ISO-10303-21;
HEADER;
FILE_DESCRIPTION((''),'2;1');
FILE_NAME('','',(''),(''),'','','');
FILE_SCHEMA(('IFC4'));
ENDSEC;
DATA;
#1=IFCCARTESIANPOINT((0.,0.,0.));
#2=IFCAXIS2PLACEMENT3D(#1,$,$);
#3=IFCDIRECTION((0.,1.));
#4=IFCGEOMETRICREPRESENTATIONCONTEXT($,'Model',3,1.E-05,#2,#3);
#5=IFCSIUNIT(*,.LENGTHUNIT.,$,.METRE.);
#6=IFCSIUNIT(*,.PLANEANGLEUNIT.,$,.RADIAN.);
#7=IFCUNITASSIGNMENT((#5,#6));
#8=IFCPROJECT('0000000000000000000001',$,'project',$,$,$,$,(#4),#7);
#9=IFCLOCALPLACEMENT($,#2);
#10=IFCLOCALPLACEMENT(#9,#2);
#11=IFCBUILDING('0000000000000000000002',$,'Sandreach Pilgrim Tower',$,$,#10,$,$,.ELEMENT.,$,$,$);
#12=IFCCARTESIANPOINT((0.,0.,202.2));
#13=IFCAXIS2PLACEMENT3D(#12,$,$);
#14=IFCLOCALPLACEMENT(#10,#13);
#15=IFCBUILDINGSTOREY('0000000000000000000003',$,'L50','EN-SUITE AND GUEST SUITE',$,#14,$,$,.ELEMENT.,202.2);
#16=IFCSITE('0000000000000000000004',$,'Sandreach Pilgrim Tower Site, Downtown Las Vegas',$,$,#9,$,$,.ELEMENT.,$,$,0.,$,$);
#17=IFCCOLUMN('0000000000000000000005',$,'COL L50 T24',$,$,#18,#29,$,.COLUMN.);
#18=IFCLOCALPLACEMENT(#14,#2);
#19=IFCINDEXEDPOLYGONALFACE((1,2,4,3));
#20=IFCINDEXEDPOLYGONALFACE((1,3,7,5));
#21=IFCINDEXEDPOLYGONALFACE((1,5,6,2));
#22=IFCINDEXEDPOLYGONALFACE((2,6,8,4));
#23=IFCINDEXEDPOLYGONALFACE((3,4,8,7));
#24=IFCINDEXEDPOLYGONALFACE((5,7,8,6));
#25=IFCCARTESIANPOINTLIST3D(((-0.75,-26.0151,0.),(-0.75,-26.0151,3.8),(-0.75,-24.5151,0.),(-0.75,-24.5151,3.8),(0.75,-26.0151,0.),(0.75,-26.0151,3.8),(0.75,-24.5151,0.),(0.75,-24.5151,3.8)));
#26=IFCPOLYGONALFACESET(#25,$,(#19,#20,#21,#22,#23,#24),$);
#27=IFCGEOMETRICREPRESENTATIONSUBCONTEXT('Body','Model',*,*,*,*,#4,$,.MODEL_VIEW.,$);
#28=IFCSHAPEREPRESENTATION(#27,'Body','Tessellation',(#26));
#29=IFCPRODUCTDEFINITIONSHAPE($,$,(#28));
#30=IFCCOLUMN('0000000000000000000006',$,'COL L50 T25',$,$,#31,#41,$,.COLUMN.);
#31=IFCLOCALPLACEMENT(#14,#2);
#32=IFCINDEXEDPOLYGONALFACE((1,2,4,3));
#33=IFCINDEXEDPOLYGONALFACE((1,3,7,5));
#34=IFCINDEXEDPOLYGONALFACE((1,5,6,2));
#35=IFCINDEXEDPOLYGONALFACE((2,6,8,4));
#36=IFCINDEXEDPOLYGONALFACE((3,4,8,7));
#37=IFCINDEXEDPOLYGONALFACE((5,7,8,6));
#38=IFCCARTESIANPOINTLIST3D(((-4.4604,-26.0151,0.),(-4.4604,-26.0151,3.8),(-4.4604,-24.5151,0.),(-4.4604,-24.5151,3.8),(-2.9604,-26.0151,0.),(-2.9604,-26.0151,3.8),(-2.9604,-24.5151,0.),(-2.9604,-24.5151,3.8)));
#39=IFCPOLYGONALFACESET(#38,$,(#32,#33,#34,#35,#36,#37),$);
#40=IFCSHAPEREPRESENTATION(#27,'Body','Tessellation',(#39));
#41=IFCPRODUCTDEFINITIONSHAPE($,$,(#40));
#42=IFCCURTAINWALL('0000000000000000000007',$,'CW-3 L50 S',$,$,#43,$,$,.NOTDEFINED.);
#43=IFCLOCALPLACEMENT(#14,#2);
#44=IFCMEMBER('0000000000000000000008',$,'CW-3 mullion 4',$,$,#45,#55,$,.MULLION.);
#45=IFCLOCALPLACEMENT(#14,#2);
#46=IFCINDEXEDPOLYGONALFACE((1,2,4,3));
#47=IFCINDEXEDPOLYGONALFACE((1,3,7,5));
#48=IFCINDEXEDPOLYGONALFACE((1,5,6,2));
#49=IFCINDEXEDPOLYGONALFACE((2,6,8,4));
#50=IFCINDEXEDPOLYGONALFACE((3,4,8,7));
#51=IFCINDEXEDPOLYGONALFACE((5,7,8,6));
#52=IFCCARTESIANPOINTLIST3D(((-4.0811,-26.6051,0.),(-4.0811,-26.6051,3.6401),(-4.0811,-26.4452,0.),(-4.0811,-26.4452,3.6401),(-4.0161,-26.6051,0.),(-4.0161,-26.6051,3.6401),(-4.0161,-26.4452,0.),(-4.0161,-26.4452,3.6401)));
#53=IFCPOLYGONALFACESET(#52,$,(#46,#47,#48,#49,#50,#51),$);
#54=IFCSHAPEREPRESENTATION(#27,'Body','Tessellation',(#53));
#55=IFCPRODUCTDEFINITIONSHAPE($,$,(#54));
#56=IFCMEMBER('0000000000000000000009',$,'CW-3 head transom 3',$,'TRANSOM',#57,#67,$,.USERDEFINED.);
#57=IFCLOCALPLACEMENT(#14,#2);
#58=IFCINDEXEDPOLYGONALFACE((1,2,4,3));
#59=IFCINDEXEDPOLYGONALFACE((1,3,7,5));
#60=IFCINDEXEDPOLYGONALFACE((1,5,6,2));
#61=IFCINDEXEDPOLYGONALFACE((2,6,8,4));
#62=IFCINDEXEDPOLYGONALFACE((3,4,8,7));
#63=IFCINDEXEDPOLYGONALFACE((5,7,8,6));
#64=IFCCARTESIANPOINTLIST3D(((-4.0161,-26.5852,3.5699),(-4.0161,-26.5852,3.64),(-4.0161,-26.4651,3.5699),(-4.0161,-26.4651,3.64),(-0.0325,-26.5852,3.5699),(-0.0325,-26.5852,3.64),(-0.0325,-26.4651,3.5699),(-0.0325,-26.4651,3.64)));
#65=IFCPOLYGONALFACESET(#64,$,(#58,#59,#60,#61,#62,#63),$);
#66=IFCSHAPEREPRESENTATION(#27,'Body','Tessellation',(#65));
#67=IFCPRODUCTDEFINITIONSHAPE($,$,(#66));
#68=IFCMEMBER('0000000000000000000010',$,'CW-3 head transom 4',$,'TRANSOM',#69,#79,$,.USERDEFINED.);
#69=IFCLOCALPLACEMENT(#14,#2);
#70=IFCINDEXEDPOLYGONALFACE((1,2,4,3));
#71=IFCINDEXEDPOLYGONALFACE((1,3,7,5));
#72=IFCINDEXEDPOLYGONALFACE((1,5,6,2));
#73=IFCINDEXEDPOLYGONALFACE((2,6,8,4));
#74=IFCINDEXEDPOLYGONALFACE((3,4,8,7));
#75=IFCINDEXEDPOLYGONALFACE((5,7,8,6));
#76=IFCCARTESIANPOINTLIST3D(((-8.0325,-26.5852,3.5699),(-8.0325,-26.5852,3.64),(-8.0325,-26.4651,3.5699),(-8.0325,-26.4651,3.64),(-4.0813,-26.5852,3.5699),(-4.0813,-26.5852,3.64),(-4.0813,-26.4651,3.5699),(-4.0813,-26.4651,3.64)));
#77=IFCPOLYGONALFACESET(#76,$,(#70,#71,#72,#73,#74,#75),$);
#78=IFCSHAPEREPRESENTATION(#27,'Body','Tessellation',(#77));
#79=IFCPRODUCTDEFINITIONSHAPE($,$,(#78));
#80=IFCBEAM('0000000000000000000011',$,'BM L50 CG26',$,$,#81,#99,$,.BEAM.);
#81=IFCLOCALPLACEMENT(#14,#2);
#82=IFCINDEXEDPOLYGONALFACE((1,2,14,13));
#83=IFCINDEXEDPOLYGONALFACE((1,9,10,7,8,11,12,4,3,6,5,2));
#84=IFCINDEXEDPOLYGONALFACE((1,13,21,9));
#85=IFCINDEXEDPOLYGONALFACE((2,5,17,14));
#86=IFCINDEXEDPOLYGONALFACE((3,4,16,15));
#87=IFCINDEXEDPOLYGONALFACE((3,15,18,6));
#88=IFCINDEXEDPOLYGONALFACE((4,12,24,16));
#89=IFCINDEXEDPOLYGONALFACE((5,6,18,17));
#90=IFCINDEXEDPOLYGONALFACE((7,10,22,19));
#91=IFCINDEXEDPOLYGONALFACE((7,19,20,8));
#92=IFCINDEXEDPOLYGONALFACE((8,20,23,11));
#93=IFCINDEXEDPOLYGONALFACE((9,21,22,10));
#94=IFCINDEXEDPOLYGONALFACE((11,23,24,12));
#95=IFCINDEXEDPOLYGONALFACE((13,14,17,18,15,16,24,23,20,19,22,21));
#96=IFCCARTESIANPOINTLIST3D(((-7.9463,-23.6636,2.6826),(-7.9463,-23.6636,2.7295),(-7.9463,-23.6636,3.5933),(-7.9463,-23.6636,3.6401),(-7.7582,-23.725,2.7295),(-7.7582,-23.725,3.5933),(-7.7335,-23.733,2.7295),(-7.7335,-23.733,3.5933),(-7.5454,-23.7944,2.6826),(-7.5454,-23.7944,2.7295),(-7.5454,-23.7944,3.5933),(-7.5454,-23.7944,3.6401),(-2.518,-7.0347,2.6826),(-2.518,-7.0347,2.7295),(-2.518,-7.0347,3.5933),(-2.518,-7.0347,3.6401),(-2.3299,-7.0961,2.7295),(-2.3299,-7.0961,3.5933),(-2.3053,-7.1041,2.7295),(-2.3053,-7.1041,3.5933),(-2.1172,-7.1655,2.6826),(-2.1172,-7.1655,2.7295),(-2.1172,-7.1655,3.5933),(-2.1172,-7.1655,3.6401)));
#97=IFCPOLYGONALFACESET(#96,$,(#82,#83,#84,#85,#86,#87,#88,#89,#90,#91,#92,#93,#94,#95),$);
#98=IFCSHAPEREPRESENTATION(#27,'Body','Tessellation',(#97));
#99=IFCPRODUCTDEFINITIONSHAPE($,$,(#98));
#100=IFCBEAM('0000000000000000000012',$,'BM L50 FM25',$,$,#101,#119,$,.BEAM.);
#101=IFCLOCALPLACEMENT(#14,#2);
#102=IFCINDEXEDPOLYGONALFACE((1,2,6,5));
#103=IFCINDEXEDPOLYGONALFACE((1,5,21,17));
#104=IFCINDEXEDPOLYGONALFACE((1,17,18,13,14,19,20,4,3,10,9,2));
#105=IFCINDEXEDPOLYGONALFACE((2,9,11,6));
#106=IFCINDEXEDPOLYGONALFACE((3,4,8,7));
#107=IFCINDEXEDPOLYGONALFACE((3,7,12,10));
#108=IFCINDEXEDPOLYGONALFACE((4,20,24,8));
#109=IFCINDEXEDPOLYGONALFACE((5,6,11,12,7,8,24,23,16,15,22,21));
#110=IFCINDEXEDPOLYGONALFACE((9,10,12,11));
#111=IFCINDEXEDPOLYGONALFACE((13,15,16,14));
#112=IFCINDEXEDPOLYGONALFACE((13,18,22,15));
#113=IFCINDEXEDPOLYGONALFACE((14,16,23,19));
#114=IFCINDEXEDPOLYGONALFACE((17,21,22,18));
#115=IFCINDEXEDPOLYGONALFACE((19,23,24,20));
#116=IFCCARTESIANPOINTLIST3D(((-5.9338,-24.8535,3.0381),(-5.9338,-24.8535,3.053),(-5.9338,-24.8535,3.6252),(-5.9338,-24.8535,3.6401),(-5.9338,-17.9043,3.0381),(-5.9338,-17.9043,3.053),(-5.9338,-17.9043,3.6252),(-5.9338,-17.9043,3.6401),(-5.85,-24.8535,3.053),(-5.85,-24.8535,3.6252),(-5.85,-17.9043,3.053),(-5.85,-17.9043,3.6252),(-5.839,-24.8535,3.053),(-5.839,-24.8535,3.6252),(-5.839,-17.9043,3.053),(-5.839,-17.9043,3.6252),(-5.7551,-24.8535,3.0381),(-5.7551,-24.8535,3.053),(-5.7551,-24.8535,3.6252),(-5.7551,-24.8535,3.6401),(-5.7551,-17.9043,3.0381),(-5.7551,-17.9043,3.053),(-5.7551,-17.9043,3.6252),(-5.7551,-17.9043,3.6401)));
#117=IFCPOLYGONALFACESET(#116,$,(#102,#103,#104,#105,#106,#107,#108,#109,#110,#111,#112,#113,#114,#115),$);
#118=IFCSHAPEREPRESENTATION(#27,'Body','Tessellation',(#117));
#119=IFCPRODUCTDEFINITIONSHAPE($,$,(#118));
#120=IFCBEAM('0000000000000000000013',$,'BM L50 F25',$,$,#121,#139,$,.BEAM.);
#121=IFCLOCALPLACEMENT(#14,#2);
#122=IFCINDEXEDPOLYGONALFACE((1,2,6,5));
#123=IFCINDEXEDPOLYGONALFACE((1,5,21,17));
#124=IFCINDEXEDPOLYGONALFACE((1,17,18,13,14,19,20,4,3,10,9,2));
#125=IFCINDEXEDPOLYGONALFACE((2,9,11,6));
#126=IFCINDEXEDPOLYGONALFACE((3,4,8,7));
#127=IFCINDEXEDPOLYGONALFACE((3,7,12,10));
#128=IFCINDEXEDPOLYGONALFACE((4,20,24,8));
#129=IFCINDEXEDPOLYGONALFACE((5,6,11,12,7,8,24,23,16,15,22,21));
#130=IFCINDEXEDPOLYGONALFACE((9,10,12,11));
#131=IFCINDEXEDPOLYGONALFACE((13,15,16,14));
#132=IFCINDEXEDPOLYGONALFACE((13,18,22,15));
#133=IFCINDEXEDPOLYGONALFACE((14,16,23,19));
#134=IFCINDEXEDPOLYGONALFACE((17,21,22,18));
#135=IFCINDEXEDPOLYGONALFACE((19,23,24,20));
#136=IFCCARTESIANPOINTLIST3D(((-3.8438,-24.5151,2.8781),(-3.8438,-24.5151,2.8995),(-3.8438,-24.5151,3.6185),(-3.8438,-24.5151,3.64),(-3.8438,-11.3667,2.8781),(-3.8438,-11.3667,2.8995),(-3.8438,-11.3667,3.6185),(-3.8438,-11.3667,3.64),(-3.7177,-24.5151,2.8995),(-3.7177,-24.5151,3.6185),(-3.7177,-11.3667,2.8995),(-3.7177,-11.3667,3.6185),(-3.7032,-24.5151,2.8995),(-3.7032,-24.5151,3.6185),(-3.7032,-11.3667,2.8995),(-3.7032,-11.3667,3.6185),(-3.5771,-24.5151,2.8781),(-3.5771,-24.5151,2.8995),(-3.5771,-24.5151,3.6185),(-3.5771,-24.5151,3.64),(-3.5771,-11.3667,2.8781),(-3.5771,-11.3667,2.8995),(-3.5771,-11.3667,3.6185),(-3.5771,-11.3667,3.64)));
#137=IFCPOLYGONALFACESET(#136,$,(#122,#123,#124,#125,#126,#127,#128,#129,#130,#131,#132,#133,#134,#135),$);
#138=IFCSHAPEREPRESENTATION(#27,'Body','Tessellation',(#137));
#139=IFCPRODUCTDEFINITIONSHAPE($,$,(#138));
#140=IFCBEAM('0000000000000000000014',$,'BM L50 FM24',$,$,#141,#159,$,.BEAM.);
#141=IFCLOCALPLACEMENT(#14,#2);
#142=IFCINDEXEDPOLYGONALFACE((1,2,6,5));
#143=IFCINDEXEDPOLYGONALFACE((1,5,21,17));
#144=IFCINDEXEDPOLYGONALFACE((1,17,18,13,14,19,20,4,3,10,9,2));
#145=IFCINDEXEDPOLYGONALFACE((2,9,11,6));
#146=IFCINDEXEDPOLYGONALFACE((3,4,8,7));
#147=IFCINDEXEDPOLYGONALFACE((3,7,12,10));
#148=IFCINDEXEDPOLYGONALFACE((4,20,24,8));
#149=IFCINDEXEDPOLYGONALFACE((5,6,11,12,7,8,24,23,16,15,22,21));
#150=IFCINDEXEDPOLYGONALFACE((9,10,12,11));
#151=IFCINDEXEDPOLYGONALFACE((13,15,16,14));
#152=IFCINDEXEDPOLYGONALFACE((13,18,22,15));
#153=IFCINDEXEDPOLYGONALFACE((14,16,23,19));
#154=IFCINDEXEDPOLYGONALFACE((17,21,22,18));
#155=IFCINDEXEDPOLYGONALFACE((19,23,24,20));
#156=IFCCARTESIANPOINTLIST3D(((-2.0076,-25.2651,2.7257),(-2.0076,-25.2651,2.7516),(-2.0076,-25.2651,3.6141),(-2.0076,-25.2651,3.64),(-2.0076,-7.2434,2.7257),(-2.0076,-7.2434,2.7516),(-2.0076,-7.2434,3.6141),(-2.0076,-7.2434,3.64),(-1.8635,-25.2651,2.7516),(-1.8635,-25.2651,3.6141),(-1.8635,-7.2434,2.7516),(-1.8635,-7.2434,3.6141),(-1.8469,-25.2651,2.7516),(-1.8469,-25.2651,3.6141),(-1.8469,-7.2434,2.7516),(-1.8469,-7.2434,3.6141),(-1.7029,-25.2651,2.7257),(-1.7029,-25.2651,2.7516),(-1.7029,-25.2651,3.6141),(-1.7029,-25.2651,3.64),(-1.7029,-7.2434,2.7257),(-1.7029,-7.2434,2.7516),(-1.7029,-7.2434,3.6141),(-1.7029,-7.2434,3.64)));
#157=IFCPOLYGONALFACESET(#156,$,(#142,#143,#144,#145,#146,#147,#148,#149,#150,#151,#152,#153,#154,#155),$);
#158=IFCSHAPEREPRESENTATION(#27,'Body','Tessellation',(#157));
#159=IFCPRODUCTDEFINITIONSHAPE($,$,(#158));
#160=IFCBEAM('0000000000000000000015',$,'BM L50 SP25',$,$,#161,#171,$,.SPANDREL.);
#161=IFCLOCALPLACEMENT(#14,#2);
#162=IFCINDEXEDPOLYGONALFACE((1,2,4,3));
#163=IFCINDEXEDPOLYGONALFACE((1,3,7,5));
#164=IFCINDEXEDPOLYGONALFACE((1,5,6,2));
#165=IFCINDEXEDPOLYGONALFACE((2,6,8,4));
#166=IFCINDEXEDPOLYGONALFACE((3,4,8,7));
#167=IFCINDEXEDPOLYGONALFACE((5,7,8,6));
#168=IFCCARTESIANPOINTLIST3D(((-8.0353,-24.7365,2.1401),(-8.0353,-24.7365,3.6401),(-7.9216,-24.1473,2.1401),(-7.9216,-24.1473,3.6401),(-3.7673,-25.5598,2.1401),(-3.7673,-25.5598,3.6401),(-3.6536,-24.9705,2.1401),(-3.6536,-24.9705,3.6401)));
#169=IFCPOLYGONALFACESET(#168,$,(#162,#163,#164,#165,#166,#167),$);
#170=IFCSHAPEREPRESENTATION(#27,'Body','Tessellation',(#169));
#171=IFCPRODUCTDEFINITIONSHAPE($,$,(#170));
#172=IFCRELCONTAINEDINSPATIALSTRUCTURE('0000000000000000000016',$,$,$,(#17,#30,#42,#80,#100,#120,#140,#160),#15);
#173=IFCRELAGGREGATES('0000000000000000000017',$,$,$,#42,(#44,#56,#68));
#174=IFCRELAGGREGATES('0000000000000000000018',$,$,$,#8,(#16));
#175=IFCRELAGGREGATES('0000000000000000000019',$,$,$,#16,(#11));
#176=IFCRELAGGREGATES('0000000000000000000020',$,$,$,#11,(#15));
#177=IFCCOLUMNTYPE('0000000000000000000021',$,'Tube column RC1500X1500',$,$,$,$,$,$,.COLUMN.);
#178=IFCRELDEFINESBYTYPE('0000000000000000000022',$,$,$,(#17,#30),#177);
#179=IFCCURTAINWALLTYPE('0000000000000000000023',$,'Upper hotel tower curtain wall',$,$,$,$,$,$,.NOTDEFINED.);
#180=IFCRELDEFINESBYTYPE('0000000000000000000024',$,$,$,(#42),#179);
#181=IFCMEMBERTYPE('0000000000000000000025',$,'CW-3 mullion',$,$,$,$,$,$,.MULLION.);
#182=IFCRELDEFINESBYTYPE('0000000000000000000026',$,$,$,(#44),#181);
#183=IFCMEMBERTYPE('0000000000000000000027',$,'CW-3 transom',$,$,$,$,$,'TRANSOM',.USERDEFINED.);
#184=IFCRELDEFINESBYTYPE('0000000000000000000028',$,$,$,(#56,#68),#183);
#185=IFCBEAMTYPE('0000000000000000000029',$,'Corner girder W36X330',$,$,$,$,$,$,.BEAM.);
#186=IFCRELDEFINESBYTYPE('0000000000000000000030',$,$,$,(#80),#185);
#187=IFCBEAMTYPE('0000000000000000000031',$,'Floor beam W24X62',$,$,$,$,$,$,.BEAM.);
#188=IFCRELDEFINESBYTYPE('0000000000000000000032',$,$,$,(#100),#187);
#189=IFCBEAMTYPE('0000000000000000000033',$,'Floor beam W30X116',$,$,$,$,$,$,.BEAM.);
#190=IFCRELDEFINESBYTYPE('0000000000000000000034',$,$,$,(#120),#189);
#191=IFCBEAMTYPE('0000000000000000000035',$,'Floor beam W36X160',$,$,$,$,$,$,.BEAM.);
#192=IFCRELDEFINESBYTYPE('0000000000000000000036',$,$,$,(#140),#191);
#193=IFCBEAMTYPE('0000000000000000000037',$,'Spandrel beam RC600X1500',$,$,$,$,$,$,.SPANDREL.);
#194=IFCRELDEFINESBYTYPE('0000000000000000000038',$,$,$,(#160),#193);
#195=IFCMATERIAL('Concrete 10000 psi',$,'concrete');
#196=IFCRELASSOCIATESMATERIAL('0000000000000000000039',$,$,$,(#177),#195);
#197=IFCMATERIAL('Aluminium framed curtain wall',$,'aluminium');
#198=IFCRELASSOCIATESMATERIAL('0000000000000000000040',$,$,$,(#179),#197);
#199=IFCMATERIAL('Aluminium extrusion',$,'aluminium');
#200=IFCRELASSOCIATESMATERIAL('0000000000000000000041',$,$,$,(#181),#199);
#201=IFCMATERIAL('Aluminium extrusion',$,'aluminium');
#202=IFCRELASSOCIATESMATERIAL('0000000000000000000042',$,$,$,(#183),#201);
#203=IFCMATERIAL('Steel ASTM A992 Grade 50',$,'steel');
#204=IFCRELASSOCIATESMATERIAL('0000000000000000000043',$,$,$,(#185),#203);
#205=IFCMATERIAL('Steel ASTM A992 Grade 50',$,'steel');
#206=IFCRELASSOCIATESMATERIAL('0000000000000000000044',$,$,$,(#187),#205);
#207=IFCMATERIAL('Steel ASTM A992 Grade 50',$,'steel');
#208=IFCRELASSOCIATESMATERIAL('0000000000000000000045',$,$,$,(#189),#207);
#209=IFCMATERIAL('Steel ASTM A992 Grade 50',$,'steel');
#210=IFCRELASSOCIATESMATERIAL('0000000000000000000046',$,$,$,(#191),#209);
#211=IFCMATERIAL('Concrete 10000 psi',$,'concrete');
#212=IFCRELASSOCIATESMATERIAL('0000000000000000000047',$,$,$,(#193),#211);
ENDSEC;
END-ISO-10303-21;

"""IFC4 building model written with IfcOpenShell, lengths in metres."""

from ifc_helpers import new_model, si_unit, direction, frame, origin, origin_2d, place, context, subcontext, project, spatial, rectangle, i_section, extrude, material, material_profile, profile_set, type_object, element, aggregate, save


model = new_model("IFC4")

# Units and contexts
model_context = context("Model", 3, precision=1e-05, world=origin(), true_north=direction((0.0, 1.0)))
body_context = subcontext(model_context, "Body", "Model", "MODEL_VIEW")
ifc_project = project(units=[si_unit("LENGTHUNIT", "METRE"), si_unit("PLANEANGLEUNIT", "RADIAN")], contexts=[model_context])

# Site, building, storey
site_placement = place(None, origin())
site = spatial("IfcSite", under=ifc_project, at=site_placement, Name="Sandreach Pilgrim Tower Site, Downtown Las Vegas", CompositionType="ELEMENT", RefElevation=0.0)
building_placement = place(site_placement, origin())
building = spatial("IfcBuilding", under=site, at=building_placement, Name="Sandreach Pilgrim Tower", CompositionType="ELEMENT")
storey_placement = place(building_placement, frame((0.0, 0.0, 202.2)))
storey = spatial("IfcBuildingStorey", under=building, at=storey_placement, Name="L50", Description="EN-SUITE AND GUEST SUITE", CompositionType="ELEMENT", Elevation=202.2)

# Columns
ifc_material_1 = material(Name="Concrete 10000 psi", Category="concrete")
ifc_material_profile_1 = material_profile(ifc_material_1, rectangle(XDim=1.5, YDim=1.5, at=origin_2d()), Name="RC1500X1500")
ifc_profile_set_1 = profile_set([ifc_material_profile_1], Name="Concrete 10000 psi")
column_type = type_object("IfcColumnType", Name="Tube column RC1500X1500", PredefinedType="COLUMN", material=ifc_profile_set_1)
for number, where, z_axis, x_axis, name in (
    (1, (0.0, -25.2651, 0.0), (0.0, 0.0, 1.0), (0.0, -1.0, 0.0), "COL L50 T24"),
    (2, (-3.7104, -25.2651, 0.0), (0.0, 0.0, 1.0), (0.0, -1.0, 0.0), "COL L50 T25"),
):
    element("IfcColumn", number, at=place(storey_placement, frame(where, z_axis=z_axis, x_axis=x_axis)), inside=storey, type_object=column_type, Name=name, PredefinedType="COLUMN", context=body_context, shape_type="SweptSolid", body=[
        extrude(rectangle(XDim=1.5, YDim=1.5, at=origin_2d()), origin(), (0.0, 0.0, 1.0), 3.8),
    ])

# Curtain wall, members
ifc_material_2 = material(Name="Aluminium framed curtain wall", Category="aluminium")
curtain_wall_type = type_object("IfcCurtainWallType", Name="Upper hotel tower curtain wall", PredefinedType="NOTDEFINED", material=ifc_material_2)
curtain_wall_placement = place(storey_placement, origin())
curtain_wall = element("IfcCurtainWall", 3, at=curtain_wall_placement, inside=storey, type_object=curtain_wall_type, Name="CW-3 L50 S", PredefinedType="NOTDEFINED")
ifc_material_3 = material(Name="Aluminium extrusion", Category="aluminium")
ifc_material_profile_2 = material_profile(ifc_material_3, rectangle(XDim=0.0649, YDim=0.1599, at=origin_2d()), Name="CW-3M 65X160")
ifc_profile_set_2 = profile_set([ifc_material_profile_2], Name="Aluminium extrusion")
member_type_1 = type_object("IfcMemberType", Name="CW-3 mullion", PredefinedType="MULLION", material=ifc_profile_set_2)
member_1_placement = place(storey_placement, frame((-4.0486, -26.5251, 0.0), z_axis=(0.0, 0.0, 1.0), x_axis=(-1.0, 0.0, 0.0)))
member_1 = element("IfcMember", 4, at=member_1_placement, type_object=member_type_1, Name="CW-3 mullion 4", PredefinedType="MULLION", context=body_context, shape_type="SweptSolid", body=[
    extrude(rectangle(XDim=0.0649, YDim=0.1599, at=origin_2d()), origin(), (0.0, 0.0, 1.0), 3.6401),
])
ifc_material_4 = material(Name="Aluminium extrusion", Category="aluminium")
ifc_material_profile_3 = material_profile(ifc_material_4, rectangle(XDim=0.1201, YDim=0.0701, at=origin_2d()), Name="CW-3T 120X70")
ifc_profile_set_3 = profile_set([ifc_material_profile_3], Name="Aluminium extrusion")
member_type_2 = type_object("IfcMemberType", Name="CW-3 transom", ElementType="TRANSOM", PredefinedType="USERDEFINED", material=ifc_profile_set_3)
member_2_placement = place(storey_placement, frame((-0.0325, -26.5251, 3.605), z_axis=(-1.0, 0.0, 0.0), x_axis=(0.0, -1.0, 0.0)))
member_2 = element("IfcMember", 5, at=member_2_placement, type_object=member_type_2, Name="CW-3 head transom 3", ObjectType="TRANSOM", PredefinedType="USERDEFINED", context=body_context, shape_type="SweptSolid", body=[
    extrude(rectangle(XDim=0.1201, YDim=0.0701, at=origin_2d()), origin(), (0.0, 0.0, 1.0), 3.9836),
])
member_3_placement = place(storey_placement, frame((-4.0813, -26.5251, 3.605), z_axis=(-1.0, 0.0, 0.0), x_axis=(0.0, -1.0, 0.0)))
member_3 = element("IfcMember", 6, at=member_3_placement, type_object=member_type_2, Name="CW-3 head transom 4", ObjectType="TRANSOM", PredefinedType="USERDEFINED", context=body_context, shape_type="SweptSolid", body=[
    extrude(rectangle(XDim=0.1201, YDim=0.0701, at=origin_2d()), origin(), (0.0, 0.0, 1.0), 3.9512),
])

# Beams
ifc_material_5 = material(Name="Steel ASTM A992 Grade 50", Category="steel")
ifc_material_profile_4 = material_profile(ifc_material_5, i_section(OverallWidth=0.4216, OverallDepth=0.9575, WebThickness=0.0259, FlangeThickness=0.0469, at=origin_2d()), Name="W36X330")
ifc_profile_set_4 = profile_set([ifc_material_profile_4], Name="Steel ASTM A992 Grade 50")
beam_type_1 = type_object("IfcBeamType", Name="Corner girder W36X330", PredefinedType="BEAM", material=ifc_profile_set_4)
beam_1_placement = place(storey_placement, frame((-7.7458, -23.729, 3.1614), z_axis=(0.310318, 0.950633, 0.0), x_axis=(-0.950633, 0.310318, 0.0)))
element("IfcBeam", 7, at=beam_1_placement, inside=storey, type_object=beam_type_1, Name="BM L50 CG26", PredefinedType="BEAM", context=body_context, shape_type="SweptSolid", body=[
    extrude(i_section(OverallWidth=0.4216, OverallDepth=0.9575, WebThickness=0.0259, FlangeThickness=0.0469, at=origin_2d()), origin(), (0.0, 0.0, 1.0), 17.4924),
])
ifc_material_6 = material(Name="Steel ASTM A992 Grade 50", Category="steel")
ifc_material_profile_5 = material_profile(ifc_material_6, i_section(OverallWidth=0.1787, OverallDepth=0.6021, WebThickness=0.011, FlangeThickness=0.0149, at=origin_2d()), Name="W24X62")
ifc_profile_set_5 = profile_set([ifc_material_profile_5], Name="Steel ASTM A992 Grade 50")
beam_type_2 = type_object("IfcBeamType", Name="Floor beam W24X62", PredefinedType="BEAM", material=ifc_profile_set_5)
beam_2_placement = place(storey_placement, frame((-5.8445, -24.8535, 3.3391), z_axis=(0.0, 1.0, 0.0), x_axis=(-1.0, 0.0, 0.0)))
element("IfcBeam", 8, at=beam_2_placement, inside=storey, type_object=beam_type_2, Name="BM L50 FM25", PredefinedType="BEAM", context=body_context, shape_type="SweptSolid", body=[
    extrude(i_section(OverallWidth=0.1787, OverallDepth=0.6021, WebThickness=0.011, FlangeThickness=0.0149, at=origin_2d()), origin(), (0.0, 0.0, 1.0), 6.9492),
])
ifc_material_7 = material(Name="Steel ASTM A992 Grade 50", Category="steel")
ifc_material_profile_6 = material_profile(ifc_material_7, i_section(OverallWidth=0.2666, OverallDepth=0.762, WebThickness=0.0144, FlangeThickness=0.0215, at=origin_2d()), Name="W30X116")
ifc_profile_set_6 = profile_set([ifc_material_profile_6], Name="Steel ASTM A992 Grade 50")
beam_type_3 = type_object("IfcBeamType", Name="Floor beam W30X116", PredefinedType="BEAM", material=ifc_profile_set_6)
beam_3_placement = place(storey_placement, frame((-3.7104, -24.5151, 3.259), z_axis=(0.0, 1.0, 0.0), x_axis=(-1.0, 0.0, 0.0)))
element("IfcBeam", 9, at=beam_3_placement, inside=storey, type_object=beam_type_3, Name="BM L50 F25", PredefinedType="BEAM", context=body_context, shape_type="SweptSolid", body=[
    extrude(i_section(OverallWidth=0.2666, OverallDepth=0.762, WebThickness=0.0144, FlangeThickness=0.0215, at=origin_2d()), origin(), (0.0, 0.0, 1.0), 13.1484),
])
ifc_material_8 = material(Name="Steel ASTM A992 Grade 50", Category="steel")
ifc_material_profile_7 = material_profile(ifc_material_8, i_section(OverallWidth=0.3047, OverallDepth=0.9143, WebThickness=0.0166, FlangeThickness=0.0259, at=origin_2d()), Name="W36X160")
ifc_profile_set_7 = profile_set([ifc_material_profile_7], Name="Steel ASTM A992 Grade 50")
beam_type_4 = type_object("IfcBeamType", Name="Floor beam W36X160", PredefinedType="BEAM", material=ifc_profile_set_7)
beam_4_placement = place(storey_placement, frame((-1.8552, -25.2651, 3.1829), z_axis=(0.0, 1.0, 0.0), x_axis=(-1.0, 0.0, 0.0)))
element("IfcBeam", 10, at=beam_4_placement, inside=storey, type_object=beam_type_4, Name="BM L50 FM24", PredefinedType="BEAM", context=body_context, shape_type="SweptSolid", body=[
    extrude(i_section(OverallWidth=0.3047, OverallDepth=0.9143, WebThickness=0.0166, FlangeThickness=0.0259, at=origin_2d()), origin(), (0.0, 0.0, 1.0), 18.0217),
])
ifc_material_9 = material(Name="Concrete 10000 psi", Category="concrete")
ifc_material_profile_8 = material_profile(ifc_material_9, rectangle(XDim=0.6001, YDim=1.5, at=origin_2d()), Name="RC600X1500")
ifc_profile_set_8 = profile_set([ifc_material_profile_8], Name="Concrete 10000 psi")
beam_type_5 = type_object("IfcBeamType", Name="Spandrel beam RC600X1500", PredefinedType="SPANDREL", material=ifc_profile_set_8)
beam_5_placement = place(storey_placement, frame((-3.7104, -25.2651, 2.8901), z_axis=(-0.981901, 0.189393, 0.0), x_axis=(-0.189393, -0.981901, 0.0)))
element("IfcBeam", 11, at=beam_5_placement, inside=storey, type_object=beam_type_5, Name="BM L50 SP25", PredefinedType="SPANDREL", context=body_context, shape_type="SweptSolid", body=[
    extrude(rectangle(XDim=0.6001, YDim=1.5, at=origin_2d()), origin(), (0.0, 0.0, 1.0), 4.3467),
])

aggregate(curtain_wall, [member_1, member_2, member_3])

save(model, "model.ifc")
